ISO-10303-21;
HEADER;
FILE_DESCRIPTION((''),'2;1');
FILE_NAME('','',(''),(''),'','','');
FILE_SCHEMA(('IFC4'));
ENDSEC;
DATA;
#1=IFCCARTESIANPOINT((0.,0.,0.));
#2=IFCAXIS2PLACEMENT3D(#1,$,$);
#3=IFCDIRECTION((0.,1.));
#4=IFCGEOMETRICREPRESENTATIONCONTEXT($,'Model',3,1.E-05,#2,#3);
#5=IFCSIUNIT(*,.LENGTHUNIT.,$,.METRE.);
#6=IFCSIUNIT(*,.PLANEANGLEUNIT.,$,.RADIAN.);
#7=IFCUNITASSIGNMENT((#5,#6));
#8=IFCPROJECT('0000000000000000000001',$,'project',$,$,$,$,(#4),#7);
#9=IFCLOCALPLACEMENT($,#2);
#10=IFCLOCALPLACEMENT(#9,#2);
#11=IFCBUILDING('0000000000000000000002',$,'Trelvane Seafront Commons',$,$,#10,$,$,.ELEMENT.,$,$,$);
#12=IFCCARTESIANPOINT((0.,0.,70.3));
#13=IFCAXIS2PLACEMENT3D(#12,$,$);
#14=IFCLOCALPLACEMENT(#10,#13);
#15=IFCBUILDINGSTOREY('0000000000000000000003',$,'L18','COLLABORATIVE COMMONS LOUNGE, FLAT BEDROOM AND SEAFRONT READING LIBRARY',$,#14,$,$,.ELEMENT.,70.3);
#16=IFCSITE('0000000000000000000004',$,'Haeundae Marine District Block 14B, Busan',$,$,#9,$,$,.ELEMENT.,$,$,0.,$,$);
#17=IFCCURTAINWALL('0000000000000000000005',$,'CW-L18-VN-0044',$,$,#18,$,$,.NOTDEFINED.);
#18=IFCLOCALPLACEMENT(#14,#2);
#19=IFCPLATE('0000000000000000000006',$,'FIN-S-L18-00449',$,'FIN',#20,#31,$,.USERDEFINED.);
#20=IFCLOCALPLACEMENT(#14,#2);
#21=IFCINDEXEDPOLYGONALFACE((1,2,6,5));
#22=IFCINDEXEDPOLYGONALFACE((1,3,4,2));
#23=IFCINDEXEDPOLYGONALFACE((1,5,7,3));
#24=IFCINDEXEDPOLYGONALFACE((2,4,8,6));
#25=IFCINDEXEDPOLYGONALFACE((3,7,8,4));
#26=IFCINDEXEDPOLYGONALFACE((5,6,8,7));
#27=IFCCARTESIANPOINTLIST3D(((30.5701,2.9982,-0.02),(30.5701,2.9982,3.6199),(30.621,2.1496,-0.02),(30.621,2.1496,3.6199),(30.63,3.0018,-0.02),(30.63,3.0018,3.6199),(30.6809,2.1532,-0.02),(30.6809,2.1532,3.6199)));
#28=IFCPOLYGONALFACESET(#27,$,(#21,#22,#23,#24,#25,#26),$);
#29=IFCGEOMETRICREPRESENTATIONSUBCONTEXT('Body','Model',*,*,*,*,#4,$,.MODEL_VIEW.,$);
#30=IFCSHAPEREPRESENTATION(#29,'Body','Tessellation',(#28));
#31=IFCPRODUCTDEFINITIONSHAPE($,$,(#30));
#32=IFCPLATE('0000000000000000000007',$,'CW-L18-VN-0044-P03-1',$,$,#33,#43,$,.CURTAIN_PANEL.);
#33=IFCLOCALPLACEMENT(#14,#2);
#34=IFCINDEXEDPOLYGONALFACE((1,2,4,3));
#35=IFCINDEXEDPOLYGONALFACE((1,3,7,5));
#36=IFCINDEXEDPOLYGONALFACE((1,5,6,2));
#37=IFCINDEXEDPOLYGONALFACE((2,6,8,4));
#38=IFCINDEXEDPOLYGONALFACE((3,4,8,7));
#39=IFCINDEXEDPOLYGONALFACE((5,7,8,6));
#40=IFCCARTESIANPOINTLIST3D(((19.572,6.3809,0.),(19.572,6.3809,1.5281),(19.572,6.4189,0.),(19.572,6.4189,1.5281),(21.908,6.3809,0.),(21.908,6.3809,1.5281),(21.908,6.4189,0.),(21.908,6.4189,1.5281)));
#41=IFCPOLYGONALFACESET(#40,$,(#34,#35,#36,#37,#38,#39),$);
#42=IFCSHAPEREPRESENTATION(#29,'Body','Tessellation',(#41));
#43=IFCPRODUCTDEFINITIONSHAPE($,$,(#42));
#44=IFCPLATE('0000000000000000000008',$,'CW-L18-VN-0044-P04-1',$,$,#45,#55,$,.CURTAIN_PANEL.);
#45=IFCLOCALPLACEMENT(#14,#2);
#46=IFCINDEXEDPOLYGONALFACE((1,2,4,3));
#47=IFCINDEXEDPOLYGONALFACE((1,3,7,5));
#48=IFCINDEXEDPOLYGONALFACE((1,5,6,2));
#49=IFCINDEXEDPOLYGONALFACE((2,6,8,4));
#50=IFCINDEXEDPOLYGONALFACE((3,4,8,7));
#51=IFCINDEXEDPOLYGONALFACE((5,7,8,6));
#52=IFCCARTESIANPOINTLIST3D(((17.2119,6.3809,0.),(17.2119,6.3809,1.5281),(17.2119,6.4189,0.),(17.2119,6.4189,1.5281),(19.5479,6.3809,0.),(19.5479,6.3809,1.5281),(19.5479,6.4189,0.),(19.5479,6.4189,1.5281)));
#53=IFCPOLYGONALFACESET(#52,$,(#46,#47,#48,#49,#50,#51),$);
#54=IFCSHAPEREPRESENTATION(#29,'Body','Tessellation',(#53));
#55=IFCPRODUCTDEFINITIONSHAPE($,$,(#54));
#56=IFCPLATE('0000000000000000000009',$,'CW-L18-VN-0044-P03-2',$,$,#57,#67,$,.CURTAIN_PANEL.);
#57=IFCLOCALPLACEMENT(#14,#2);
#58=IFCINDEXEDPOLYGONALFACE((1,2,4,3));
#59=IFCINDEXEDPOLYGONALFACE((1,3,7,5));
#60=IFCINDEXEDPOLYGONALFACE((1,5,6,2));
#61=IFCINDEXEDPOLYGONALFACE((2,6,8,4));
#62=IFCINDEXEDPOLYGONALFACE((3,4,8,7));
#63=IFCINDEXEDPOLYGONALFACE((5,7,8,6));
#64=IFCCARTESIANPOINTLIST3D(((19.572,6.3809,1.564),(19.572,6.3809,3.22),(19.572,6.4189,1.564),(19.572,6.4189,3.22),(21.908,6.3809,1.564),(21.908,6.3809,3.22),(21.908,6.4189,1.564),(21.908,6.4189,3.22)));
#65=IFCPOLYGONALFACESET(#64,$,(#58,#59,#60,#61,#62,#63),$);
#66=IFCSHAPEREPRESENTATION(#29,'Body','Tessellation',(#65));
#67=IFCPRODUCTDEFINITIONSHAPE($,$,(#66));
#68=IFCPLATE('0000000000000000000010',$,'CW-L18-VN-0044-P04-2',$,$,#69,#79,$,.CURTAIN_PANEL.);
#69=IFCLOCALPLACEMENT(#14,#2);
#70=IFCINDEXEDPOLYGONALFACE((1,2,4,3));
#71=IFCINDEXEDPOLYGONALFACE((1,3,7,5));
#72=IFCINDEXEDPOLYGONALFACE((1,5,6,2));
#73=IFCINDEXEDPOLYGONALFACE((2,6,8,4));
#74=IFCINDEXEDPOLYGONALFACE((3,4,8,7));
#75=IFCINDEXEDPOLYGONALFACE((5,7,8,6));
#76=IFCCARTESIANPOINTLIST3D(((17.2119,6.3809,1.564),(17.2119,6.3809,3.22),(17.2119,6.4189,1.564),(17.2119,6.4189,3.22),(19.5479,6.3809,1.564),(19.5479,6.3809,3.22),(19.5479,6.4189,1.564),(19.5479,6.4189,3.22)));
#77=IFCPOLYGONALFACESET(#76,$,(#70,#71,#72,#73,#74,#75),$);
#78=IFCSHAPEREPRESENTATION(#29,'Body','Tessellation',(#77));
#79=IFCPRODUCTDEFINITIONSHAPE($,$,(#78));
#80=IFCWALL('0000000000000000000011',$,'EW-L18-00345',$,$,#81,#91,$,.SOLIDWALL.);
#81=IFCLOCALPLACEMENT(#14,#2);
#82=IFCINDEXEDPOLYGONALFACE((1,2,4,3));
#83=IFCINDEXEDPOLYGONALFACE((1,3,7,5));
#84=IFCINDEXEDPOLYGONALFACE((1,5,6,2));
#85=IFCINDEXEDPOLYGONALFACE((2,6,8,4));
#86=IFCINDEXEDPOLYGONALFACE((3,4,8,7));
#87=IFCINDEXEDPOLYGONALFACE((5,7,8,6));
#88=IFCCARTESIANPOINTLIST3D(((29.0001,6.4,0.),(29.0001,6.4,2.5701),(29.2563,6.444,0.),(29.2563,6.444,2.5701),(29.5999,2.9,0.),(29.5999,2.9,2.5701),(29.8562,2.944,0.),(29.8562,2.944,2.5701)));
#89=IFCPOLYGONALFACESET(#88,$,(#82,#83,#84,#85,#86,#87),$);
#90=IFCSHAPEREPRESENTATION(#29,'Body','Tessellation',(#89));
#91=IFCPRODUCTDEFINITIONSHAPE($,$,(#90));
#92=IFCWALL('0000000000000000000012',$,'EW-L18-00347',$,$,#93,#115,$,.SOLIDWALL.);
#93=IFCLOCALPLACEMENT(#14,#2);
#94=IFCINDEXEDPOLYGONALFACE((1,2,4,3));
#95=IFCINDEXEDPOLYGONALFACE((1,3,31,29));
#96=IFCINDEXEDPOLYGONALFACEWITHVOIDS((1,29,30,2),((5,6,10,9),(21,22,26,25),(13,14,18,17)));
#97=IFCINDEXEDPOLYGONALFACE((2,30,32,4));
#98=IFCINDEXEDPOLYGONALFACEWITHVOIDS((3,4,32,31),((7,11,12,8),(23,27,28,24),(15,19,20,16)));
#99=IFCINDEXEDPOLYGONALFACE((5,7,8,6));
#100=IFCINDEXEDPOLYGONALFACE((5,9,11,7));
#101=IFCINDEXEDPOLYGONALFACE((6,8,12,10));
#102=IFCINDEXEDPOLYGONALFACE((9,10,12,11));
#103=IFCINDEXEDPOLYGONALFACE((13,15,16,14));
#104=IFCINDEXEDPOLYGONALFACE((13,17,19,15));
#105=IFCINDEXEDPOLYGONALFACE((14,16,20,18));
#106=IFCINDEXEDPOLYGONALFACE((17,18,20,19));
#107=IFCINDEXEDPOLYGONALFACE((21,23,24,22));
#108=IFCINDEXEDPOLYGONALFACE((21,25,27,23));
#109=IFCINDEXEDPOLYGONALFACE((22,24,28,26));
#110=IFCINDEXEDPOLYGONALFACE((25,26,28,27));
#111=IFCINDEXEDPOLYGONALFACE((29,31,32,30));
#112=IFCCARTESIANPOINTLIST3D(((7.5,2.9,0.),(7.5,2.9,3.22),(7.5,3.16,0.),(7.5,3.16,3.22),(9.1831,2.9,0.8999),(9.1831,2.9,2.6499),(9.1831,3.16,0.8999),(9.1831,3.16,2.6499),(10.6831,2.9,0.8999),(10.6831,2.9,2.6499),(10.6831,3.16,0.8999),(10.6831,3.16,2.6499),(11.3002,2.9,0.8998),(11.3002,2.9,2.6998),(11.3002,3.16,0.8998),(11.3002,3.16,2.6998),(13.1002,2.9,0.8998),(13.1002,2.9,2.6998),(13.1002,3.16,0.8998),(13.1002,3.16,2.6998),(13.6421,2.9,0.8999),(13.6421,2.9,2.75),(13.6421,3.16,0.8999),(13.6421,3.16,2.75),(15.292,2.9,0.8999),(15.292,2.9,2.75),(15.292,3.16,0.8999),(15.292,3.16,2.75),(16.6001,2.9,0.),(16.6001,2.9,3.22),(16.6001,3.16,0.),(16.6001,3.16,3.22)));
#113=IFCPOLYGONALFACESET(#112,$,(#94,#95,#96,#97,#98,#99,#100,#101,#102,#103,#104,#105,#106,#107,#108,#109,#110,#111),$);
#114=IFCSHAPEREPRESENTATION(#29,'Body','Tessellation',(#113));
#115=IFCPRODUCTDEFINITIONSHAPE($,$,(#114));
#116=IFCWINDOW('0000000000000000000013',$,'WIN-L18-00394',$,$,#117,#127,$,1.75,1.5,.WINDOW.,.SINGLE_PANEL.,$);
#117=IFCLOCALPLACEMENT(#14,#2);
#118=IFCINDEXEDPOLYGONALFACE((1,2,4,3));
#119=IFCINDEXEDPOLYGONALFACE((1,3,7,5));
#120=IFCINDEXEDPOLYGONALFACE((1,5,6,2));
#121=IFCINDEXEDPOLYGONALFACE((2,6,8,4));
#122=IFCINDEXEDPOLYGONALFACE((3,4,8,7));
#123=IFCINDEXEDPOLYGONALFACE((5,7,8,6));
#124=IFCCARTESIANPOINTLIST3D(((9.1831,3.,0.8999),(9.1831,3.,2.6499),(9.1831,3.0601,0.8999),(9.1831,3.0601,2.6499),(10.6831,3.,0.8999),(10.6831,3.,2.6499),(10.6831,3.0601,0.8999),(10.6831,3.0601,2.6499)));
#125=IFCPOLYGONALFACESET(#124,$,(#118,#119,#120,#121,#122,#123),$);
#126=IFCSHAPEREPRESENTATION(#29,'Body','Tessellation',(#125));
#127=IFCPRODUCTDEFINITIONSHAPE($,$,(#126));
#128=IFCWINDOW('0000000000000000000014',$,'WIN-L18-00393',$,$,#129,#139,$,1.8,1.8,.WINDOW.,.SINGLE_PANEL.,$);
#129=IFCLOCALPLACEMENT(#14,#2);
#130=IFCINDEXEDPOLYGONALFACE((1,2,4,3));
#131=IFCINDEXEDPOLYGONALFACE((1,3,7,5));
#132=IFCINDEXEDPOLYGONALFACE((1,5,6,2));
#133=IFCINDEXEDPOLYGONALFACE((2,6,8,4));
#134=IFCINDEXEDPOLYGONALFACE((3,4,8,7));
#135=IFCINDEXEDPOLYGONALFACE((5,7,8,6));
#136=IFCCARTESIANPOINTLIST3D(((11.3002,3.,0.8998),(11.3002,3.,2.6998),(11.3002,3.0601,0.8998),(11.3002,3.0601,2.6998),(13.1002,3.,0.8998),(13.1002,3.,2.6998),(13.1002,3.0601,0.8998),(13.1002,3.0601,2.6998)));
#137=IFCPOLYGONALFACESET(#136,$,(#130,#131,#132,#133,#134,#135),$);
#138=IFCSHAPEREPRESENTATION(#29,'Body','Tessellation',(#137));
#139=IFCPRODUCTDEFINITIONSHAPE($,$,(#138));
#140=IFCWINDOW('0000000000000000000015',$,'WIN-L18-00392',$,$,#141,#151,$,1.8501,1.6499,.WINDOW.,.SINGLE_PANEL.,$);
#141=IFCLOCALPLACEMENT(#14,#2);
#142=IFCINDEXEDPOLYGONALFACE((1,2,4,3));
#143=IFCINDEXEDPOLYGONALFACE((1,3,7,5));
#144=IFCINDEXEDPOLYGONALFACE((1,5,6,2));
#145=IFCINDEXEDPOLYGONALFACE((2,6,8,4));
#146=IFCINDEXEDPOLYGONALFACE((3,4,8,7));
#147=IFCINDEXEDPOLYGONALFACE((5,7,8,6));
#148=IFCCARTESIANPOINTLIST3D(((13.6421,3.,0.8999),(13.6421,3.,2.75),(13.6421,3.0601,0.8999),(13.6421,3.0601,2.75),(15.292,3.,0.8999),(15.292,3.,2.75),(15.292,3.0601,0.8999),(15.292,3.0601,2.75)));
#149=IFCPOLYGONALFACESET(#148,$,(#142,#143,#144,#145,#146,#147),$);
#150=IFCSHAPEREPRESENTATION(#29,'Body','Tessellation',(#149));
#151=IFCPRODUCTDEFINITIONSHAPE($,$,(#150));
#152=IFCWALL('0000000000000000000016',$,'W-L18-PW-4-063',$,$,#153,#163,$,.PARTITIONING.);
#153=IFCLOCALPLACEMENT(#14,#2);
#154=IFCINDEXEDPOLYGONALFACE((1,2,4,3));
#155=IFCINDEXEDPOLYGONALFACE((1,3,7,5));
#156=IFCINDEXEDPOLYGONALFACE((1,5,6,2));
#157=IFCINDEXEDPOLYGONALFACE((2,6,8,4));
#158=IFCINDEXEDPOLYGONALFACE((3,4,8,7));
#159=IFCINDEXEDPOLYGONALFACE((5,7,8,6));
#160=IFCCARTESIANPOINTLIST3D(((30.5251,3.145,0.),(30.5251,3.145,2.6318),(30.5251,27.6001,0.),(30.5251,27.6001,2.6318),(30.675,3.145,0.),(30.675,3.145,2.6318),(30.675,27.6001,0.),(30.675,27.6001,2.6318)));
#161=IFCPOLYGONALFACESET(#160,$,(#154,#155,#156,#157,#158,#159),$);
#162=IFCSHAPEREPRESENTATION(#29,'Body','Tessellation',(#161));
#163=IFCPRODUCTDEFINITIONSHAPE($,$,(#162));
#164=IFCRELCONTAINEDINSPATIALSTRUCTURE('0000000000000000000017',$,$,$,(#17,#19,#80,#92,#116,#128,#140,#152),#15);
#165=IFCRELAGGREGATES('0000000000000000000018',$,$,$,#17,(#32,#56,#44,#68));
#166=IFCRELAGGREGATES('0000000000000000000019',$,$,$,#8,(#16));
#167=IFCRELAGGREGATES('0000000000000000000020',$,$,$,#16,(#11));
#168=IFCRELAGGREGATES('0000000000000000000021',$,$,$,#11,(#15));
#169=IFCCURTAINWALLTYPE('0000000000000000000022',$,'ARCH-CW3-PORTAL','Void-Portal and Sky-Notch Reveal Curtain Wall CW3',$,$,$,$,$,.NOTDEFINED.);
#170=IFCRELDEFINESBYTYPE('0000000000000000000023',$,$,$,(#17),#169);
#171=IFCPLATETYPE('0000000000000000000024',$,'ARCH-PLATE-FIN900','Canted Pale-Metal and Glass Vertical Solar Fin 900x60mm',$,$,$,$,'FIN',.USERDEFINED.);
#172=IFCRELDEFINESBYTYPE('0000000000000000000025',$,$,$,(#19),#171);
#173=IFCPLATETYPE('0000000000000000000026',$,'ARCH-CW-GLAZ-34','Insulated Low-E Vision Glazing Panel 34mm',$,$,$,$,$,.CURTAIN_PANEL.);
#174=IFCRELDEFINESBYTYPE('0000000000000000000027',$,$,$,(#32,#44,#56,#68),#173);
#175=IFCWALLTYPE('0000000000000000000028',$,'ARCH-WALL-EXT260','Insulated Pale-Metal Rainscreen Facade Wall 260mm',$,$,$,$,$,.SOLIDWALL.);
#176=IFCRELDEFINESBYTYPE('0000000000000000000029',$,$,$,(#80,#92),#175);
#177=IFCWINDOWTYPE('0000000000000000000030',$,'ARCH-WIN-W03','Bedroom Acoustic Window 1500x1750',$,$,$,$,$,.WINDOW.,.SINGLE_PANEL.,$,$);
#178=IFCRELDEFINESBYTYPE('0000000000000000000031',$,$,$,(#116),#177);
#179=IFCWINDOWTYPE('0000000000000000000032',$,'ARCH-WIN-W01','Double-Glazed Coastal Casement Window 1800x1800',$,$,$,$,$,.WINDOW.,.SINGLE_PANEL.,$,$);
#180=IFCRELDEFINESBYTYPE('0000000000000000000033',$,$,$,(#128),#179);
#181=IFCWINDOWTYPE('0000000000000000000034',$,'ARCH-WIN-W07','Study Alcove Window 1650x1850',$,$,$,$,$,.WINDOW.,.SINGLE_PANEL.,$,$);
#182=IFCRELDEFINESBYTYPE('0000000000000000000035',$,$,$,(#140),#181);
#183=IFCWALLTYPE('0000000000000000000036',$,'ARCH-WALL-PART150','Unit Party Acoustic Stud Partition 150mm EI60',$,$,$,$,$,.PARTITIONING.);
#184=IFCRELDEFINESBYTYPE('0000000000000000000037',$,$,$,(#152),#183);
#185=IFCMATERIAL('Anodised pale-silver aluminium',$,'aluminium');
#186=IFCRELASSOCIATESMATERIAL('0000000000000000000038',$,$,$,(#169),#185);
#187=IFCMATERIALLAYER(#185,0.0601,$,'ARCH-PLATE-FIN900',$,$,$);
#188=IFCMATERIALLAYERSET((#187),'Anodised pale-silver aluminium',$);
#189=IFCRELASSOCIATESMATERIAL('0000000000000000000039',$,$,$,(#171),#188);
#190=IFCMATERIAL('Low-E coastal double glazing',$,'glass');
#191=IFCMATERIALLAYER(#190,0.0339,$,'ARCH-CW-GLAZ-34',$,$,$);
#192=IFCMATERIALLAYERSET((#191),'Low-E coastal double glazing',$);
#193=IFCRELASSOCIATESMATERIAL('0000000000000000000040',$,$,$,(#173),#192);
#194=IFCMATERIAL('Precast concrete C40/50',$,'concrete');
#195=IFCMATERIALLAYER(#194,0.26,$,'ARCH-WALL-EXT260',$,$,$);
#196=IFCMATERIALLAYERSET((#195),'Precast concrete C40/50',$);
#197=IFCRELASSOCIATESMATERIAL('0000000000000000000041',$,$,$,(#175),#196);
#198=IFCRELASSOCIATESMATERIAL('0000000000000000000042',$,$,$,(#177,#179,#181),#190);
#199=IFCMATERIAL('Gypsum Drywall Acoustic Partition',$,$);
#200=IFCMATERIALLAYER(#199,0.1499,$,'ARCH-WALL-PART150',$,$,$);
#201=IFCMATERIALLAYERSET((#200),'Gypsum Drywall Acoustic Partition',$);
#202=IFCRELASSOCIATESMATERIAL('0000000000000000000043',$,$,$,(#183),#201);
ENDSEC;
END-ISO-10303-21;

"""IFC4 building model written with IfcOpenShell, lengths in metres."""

from ifc_helpers import new_model, si_unit, direction, frame, frame_2d, origin, origin_2d, place, context, subcontext, project, spatial, rectangle, extrude, source, transform, mapped, material, layer, layer_set, type_object, element, fill, aggregate, save


model = new_model("IFC4")

# Units and contexts
model_context = context("Model", 3, precision=1e-05, world=origin(), true_north=direction((0.0, 1.0)))
body_context = subcontext(model_context, "Body", "Model", "MODEL_VIEW")
ifc_project = project(units=[si_unit("LENGTHUNIT", "METRE"), si_unit("PLANEANGLEUNIT", "RADIAN")], contexts=[model_context])

# Site, building, storey
site_placement = place(None, origin())
site = spatial("IfcSite", under=ifc_project, at=site_placement, Name="Haeundae Marine District Block 14B, Busan", CompositionType="ELEMENT", RefElevation=0.0)
building_placement = place(site_placement, origin())
building = spatial("IfcBuilding", under=site, at=building_placement, Name="Trelvane Seafront Commons", CompositionType="ELEMENT")
storey_placement = place(building_placement, frame((0.0, 0.0, 70.3)))
storey = spatial("IfcBuildingStorey", under=building, at=storey_placement, Name="L18", Description="COLLABORATIVE COMMONS LOUNGE, FLAT BEDROOM AND SEAFRONT READING LIBRARY", CompositionType="ELEMENT", Elevation=70.3)

# Curtain wall
ifc_material_1 = material(Name="Anodised pale-silver aluminium", Category="aluminium")
curtain_wall_type = type_object("IfcCurtainWallType", Name="ARCH-CW3-PORTAL", Description="Void-Portal and Sky-Notch Reveal Curtain Wall CW3", PredefinedType="NOTDEFINED", material=ifc_material_1)
curtain_wall_placement = place(storey_placement, origin())
curtain_wall = element("IfcCurtainWall", 1, at=curtain_wall_placement, inside=storey, type_object=curtain_wall_type, Name="CW-L18-VN-0044", PredefinedType="NOTDEFINED")

# Plate
ifc_layer_1 = layer(ifc_material_1, 0.0601, Name="ARCH-PLATE-FIN900")
ifc_layer_set_1 = layer_set([ifc_layer_1], Name="Anodised pale-silver aluminium")
plate_type_1 = type_object("IfcPlateType", Name="ARCH-PLATE-FIN900", Description="Canted Pale-Metal and Glass Vertical Solar Fin 900x60mm", ElementType="FIN", PredefinedType="USERDEFINED", material=ifc_layer_set_1)
shared_shape_1 = source(origin(), body_context, "Body", "SweptSolid", [
    extrude(rectangle(XDim=0.8501, YDim=0.0601, at=origin_2d()), origin(), (0.0, 0.0, 1.0), 3.6399),
])
plate_1_placement = place(storey_placement, frame((30.6255, 2.5757, -0.02), z_axis=(0.0, 0.0, 1.0), x_axis=(0.059881, -0.998206, 0.0)))
element("IfcPlate", 2, at=plate_1_placement, inside=storey, type_object=plate_type_1, Name="FIN-S-L18-00449", ObjectType="FIN", PredefinedType="USERDEFINED", context=body_context, shape_type="MappedRepresentation", body=[
    mapped(shared_shape_1, transform((0.0, 0.0, 0.0), x_axis=(1.0, 0.0, 0.0), y_axis=(0.0, 1.0, 0.0), z_axis=(0.0, 0.0, 1.0), scale=1.0)),
])

# Plates
ifc_material_2 = material(Name="Low-E coastal double glazing", Category="glass")
ifc_layer_2 = layer(ifc_material_2, 0.0339, Name="ARCH-CW-GLAZ-34")
ifc_layer_set_2 = layer_set([ifc_layer_2], Name="Low-E coastal double glazing")
plate_type_2 = type_object("IfcPlateType", Name="ARCH-CW-GLAZ-34", Description="Insulated Low-E Vision Glazing Panel 34mm", PredefinedType="CURTAIN_PANEL", material=ifc_layer_set_2)
shared_shape_2 = source(origin(), body_context, "Body", "SweptSolid", [
    extrude(rectangle(XDim=2.3359, YDim=0.0381, at=origin_2d()), origin(), (0.0, 0.0, 1.0), 1.5281),
])
plate_2_placement = place(storey_placement, frame((20.74, 6.3999, 0.0), z_axis=(0.0, 0.0, 1.0), x_axis=(-1.0, 0.0, 0.0)))
plate_2 = element("IfcPlate", 3, at=plate_2_placement, type_object=plate_type_2, Name="CW-L18-VN-0044-P03-1", PredefinedType="CURTAIN_PANEL", context=body_context, shape_type="MappedRepresentation", body=[
    mapped(shared_shape_2, transform((0.0, 0.0, 0.0), x_axis=(1.0, 0.0, 0.0), y_axis=(0.0, 1.0, 0.0), z_axis=(0.0, 0.0, 1.0), scale=1.0)),
])
plate_3_placement = place(storey_placement, frame((18.3799, 6.3999, 0.0), z_axis=(0.0, 0.0, 1.0), x_axis=(-1.0, 0.0, 0.0)))
plate_3 = element("IfcPlate", 4, at=plate_3_placement, type_object=plate_type_2, Name="CW-L18-VN-0044-P04-1", PredefinedType="CURTAIN_PANEL", context=body_context, shape_type="MappedRepresentation", body=[
    mapped(shared_shape_2, transform((0.0, 0.0, 0.0), x_axis=(1.0, 0.0, 0.0), y_axis=(0.0, 1.0, 0.0), z_axis=(0.0, 0.0, 1.0), scale=1.0)),
])
shared_shape_3 = source(origin(), body_context, "Body", "SweptSolid", [
    extrude(rectangle(XDim=2.3359, YDim=0.0381, at=origin_2d()), origin(), (0.0, 0.0, 1.0), 1.656),
])
plate_4_placement = place(storey_placement, frame((20.74, 6.3999, 1.564), z_axis=(0.0, 0.0, 1.0), x_axis=(-1.0, 0.0, 0.0)))
plate_4 = element("IfcPlate", 5, at=plate_4_placement, type_object=plate_type_2, Name="CW-L18-VN-0044-P03-2", PredefinedType="CURTAIN_PANEL", context=body_context, shape_type="MappedRepresentation", body=[
    mapped(shared_shape_3, transform((0.0, 0.0, 0.0), x_axis=(1.0, 0.0, 0.0), y_axis=(0.0, 1.0, 0.0), z_axis=(0.0, 0.0, 1.0), scale=1.0)),
])
plate_5_placement = place(storey_placement, frame((18.3799, 6.3999, 1.564), z_axis=(0.0, 0.0, 1.0), x_axis=(-1.0, 0.0, 0.0)))
plate_5 = element("IfcPlate", 6, at=plate_5_placement, type_object=plate_type_2, Name="CW-L18-VN-0044-P04-2", PredefinedType="CURTAIN_PANEL", context=body_context, shape_type="MappedRepresentation", body=[
    mapped(shared_shape_3, transform((0.0, 0.0, 0.0), x_axis=(1.0, 0.0, 0.0), y_axis=(0.0, 1.0, 0.0), z_axis=(0.0, 0.0, 1.0), scale=1.0)),
])
aggregate(curtain_wall, [plate_2, plate_4, plate_3, plate_5])

# Wall
ifc_material_3 = material(Name="Precast concrete C40/50", Category="concrete")
ifc_layer_3 = layer(ifc_material_3, 0.26, Name="ARCH-WALL-EXT260")
ifc_layer_set_3 = layer_set([ifc_layer_3], Name="Precast concrete C40/50")
wall_type_1 = type_object("IfcWallType", Name="ARCH-WALL-EXT260", Description="Insulated Pale-Metal Rainscreen Facade Wall 260mm", PredefinedType="SOLIDWALL", material=ifc_layer_set_3)
wall_1_placement = place(storey_placement, frame((29.728, 2.9221, 0.0), z_axis=(0.0, 0.0, 1.0), x_axis=(-0.168924, 0.985629, 0.0)))
element("IfcWall", 7, at=wall_1_placement, inside=storey, type_object=wall_type_1, Name="EW-L18-00345", PredefinedType="SOLIDWALL", context=body_context, shape_type="SweptSolid", body=[
    extrude(rectangle(XDim=3.551, YDim=0.26, at=frame_2d((1.7754, 0.0))), origin(), (0.0, 0.0, 1.0), 2.5701),
])

# Wall, openings, windows
wall_2_placement = place(storey_placement, frame((16.6001, 3.03, 0.0), z_axis=(0.0, 0.0, 1.0), x_axis=(-1.0, 0.0, 0.0)))
wall_2 = element("IfcWall", 8, at=wall_2_placement, inside=storey, type_object=wall_type_1, Name="EW-L18-00347", PredefinedType="SOLIDWALL", context=body_context, shape_type="SweptSolid", body=[
    extrude(rectangle(XDim=9.1001, YDim=0.26, at=frame_2d((4.55, 0.0))), origin(), (0.0, 0.0, 1.0), 3.22),
])
opening_1_placement = place(wall_2_placement, frame((1.3081, 0.0, 0.8999)))
opening_1 = element("IfcOpeningElement", 9, at=opening_1_placement, cuts=wall_2, PredefinedType="OPENING", context=body_context, shape_type="SweptSolid", body=[
    extrude(rectangle(XDim=1.6499, YDim=1.8501, at=frame_2d((0.825, 0.925))), frame((0.0, 0.1399, 0.0), z_axis=(0.0, -1.0, 0.0), x_axis=(1.0, 0.0, 0.0)), (0.0, 0.0, 1.0), 0.28),
])
opening_2_placement = place(wall_2_placement, frame((3.5, 0.0, 0.8999)))
opening_2 = element("IfcOpeningElement", 10, at=opening_2_placement, cuts=wall_2, PredefinedType="OPENING", context=body_context, shape_type="SweptSolid", body=[
    extrude(rectangle(XDim=1.8, YDim=1.8, at=frame_2d((0.8999, 0.8999))), frame((0.0, 0.1399, 0.0), z_axis=(0.0, -1.0, 0.0), x_axis=(1.0, 0.0, 0.0)), (0.0, 0.0, 1.0), 0.28),
])
opening_3_placement = place(wall_2_placement, frame((5.917, 0.0, 0.8999)))
opening_3 = element("IfcOpeningElement", 11, at=opening_3_placement, cuts=wall_2, PredefinedType="OPENING", context=body_context, shape_type="SweptSolid", body=[
    extrude(rectangle(XDim=1.5, YDim=1.75, at=frame_2d((0.75, 0.875))), frame((0.0, 0.1399, 0.0), z_axis=(0.0, -1.0, 0.0), x_axis=(1.0, 0.0, 0.0)), (0.0, 0.0, 1.0), 0.28),
])
window_type_1 = type_object("IfcWindowType", Name="ARCH-WIN-W03", Description="Bedroom Acoustic Window 1500x1750", PartitioningType="SINGLE_PANEL", PredefinedType="WINDOW", material=ifc_material_2)
shared_shape_4 = source(origin(), body_context, "Body", "SweptSolid", [
    extrude(rectangle(XDim=1.5, YDim=1.75, at=frame_2d((0.75, 0.875))), frame((0.0, 0.03, 0.0), z_axis=(0.0, -1.0, 0.0), x_axis=(1.0, 0.0, 0.0)), (0.0, 0.0, 1.0), 0.0601),
])
window_1_placement = place(opening_3_placement, origin())
window_1 = element("IfcWindow", 12, at=window_1_placement, inside=storey, type_object=window_type_1, Name="WIN-L18-00394", OverallHeight=1.75, OverallWidth=1.5, PartitioningType="SINGLE_PANEL", PredefinedType="WINDOW", context=body_context, shape_type="MappedRepresentation", body=[
    mapped(shared_shape_4, transform((0.0, 0.0, 0.0), x_axis=(1.0, 0.0, 0.0), y_axis=(0.0, 1.0, 0.0), z_axis=(0.0, 0.0, 1.0), scale=1.0)),
])
fill(opening_3, window_1)
window_type_2 = type_object("IfcWindowType", Name="ARCH-WIN-W01", Description="Double-Glazed Coastal Casement Window 1800x1800", PartitioningType="SINGLE_PANEL", PredefinedType="WINDOW", material=ifc_material_2)
shared_shape_5 = source(origin(), body_context, "Body", "SweptSolid", [
    extrude(rectangle(XDim=1.8, YDim=1.8, at=frame_2d((0.8999, 0.8999))), frame((0.0, 0.03, 0.0), z_axis=(0.0, -1.0, 0.0), x_axis=(1.0, 0.0, 0.0)), (0.0, 0.0, 1.0), 0.0601),
])
window_2_placement = place(opening_2_placement, origin())
window_2 = element("IfcWindow", 13, at=window_2_placement, inside=storey, type_object=window_type_2, Name="WIN-L18-00393", OverallHeight=1.8, OverallWidth=1.8, PartitioningType="SINGLE_PANEL", PredefinedType="WINDOW", context=body_context, shape_type="MappedRepresentation", body=[
    mapped(shared_shape_5, transform((0.0, 0.0, 0.0), x_axis=(1.0, 0.0, 0.0), y_axis=(0.0, 1.0, 0.0), z_axis=(0.0, 0.0, 1.0), scale=1.0)),
])
fill(opening_2, window_2)
window_type_3 = type_object("IfcWindowType", Name="ARCH-WIN-W07", Description="Study Alcove Window 1650x1850", PartitioningType="SINGLE_PANEL", PredefinedType="WINDOW", material=ifc_material_2)
shared_shape_6 = source(origin(), body_context, "Body", "SweptSolid", [
    extrude(rectangle(XDim=1.6499, YDim=1.8501, at=frame_2d((0.825, 0.925))), frame((0.0, 0.03, 0.0), z_axis=(0.0, -1.0, 0.0), x_axis=(1.0, 0.0, 0.0)), (0.0, 0.0, 1.0), 0.0601),
])
window_3_placement = place(opening_1_placement, origin())
window_3 = element("IfcWindow", 14, at=window_3_placement, inside=storey, type_object=window_type_3, Name="WIN-L18-00392", OverallHeight=1.8501, OverallWidth=1.6499, PartitioningType="SINGLE_PANEL", PredefinedType="WINDOW", context=body_context, shape_type="MappedRepresentation", body=[
    mapped(shared_shape_6, transform((0.0, 0.0, 0.0), x_axis=(1.0, 0.0, 0.0), y_axis=(0.0, 1.0, 0.0), z_axis=(0.0, 0.0, 1.0), scale=1.0)),
])
fill(opening_1, window_3)

# Wall
ifc_material_4 = material(Name="Gypsum Drywall Acoustic Partition")
ifc_layer_4 = layer(ifc_material_4, 0.1499, Name="ARCH-WALL-PART150")
ifc_layer_set_4 = layer_set([ifc_layer_4], Name="Gypsum Drywall Acoustic Partition")
wall_type_2 = type_object("IfcWallType", Name="ARCH-WALL-PART150", Description="Unit Party Acoustic Stud Partition 150mm EI60", PredefinedType="PARTITIONING", material=ifc_layer_set_4)
wall_3_placement = place(storey_placement, frame((30.6001, 3.145, 0.0), z_axis=(0.0, 0.0, 1.0), x_axis=(0.0, 1.0, 0.0)))
element("IfcWall", 15, at=wall_3_placement, inside=storey, type_object=wall_type_2, Name="W-L18-PW-4-063", PredefinedType="PARTITIONING", context=body_context, shape_type="SweptSolid", body=[
    extrude(rectangle(XDim=24.4551, YDim=0.1499, at=frame_2d((12.2275, 0.0))), origin(), (0.0, 0.0, 1.0), 2.6318),
])

save(model, "model.ifc")
